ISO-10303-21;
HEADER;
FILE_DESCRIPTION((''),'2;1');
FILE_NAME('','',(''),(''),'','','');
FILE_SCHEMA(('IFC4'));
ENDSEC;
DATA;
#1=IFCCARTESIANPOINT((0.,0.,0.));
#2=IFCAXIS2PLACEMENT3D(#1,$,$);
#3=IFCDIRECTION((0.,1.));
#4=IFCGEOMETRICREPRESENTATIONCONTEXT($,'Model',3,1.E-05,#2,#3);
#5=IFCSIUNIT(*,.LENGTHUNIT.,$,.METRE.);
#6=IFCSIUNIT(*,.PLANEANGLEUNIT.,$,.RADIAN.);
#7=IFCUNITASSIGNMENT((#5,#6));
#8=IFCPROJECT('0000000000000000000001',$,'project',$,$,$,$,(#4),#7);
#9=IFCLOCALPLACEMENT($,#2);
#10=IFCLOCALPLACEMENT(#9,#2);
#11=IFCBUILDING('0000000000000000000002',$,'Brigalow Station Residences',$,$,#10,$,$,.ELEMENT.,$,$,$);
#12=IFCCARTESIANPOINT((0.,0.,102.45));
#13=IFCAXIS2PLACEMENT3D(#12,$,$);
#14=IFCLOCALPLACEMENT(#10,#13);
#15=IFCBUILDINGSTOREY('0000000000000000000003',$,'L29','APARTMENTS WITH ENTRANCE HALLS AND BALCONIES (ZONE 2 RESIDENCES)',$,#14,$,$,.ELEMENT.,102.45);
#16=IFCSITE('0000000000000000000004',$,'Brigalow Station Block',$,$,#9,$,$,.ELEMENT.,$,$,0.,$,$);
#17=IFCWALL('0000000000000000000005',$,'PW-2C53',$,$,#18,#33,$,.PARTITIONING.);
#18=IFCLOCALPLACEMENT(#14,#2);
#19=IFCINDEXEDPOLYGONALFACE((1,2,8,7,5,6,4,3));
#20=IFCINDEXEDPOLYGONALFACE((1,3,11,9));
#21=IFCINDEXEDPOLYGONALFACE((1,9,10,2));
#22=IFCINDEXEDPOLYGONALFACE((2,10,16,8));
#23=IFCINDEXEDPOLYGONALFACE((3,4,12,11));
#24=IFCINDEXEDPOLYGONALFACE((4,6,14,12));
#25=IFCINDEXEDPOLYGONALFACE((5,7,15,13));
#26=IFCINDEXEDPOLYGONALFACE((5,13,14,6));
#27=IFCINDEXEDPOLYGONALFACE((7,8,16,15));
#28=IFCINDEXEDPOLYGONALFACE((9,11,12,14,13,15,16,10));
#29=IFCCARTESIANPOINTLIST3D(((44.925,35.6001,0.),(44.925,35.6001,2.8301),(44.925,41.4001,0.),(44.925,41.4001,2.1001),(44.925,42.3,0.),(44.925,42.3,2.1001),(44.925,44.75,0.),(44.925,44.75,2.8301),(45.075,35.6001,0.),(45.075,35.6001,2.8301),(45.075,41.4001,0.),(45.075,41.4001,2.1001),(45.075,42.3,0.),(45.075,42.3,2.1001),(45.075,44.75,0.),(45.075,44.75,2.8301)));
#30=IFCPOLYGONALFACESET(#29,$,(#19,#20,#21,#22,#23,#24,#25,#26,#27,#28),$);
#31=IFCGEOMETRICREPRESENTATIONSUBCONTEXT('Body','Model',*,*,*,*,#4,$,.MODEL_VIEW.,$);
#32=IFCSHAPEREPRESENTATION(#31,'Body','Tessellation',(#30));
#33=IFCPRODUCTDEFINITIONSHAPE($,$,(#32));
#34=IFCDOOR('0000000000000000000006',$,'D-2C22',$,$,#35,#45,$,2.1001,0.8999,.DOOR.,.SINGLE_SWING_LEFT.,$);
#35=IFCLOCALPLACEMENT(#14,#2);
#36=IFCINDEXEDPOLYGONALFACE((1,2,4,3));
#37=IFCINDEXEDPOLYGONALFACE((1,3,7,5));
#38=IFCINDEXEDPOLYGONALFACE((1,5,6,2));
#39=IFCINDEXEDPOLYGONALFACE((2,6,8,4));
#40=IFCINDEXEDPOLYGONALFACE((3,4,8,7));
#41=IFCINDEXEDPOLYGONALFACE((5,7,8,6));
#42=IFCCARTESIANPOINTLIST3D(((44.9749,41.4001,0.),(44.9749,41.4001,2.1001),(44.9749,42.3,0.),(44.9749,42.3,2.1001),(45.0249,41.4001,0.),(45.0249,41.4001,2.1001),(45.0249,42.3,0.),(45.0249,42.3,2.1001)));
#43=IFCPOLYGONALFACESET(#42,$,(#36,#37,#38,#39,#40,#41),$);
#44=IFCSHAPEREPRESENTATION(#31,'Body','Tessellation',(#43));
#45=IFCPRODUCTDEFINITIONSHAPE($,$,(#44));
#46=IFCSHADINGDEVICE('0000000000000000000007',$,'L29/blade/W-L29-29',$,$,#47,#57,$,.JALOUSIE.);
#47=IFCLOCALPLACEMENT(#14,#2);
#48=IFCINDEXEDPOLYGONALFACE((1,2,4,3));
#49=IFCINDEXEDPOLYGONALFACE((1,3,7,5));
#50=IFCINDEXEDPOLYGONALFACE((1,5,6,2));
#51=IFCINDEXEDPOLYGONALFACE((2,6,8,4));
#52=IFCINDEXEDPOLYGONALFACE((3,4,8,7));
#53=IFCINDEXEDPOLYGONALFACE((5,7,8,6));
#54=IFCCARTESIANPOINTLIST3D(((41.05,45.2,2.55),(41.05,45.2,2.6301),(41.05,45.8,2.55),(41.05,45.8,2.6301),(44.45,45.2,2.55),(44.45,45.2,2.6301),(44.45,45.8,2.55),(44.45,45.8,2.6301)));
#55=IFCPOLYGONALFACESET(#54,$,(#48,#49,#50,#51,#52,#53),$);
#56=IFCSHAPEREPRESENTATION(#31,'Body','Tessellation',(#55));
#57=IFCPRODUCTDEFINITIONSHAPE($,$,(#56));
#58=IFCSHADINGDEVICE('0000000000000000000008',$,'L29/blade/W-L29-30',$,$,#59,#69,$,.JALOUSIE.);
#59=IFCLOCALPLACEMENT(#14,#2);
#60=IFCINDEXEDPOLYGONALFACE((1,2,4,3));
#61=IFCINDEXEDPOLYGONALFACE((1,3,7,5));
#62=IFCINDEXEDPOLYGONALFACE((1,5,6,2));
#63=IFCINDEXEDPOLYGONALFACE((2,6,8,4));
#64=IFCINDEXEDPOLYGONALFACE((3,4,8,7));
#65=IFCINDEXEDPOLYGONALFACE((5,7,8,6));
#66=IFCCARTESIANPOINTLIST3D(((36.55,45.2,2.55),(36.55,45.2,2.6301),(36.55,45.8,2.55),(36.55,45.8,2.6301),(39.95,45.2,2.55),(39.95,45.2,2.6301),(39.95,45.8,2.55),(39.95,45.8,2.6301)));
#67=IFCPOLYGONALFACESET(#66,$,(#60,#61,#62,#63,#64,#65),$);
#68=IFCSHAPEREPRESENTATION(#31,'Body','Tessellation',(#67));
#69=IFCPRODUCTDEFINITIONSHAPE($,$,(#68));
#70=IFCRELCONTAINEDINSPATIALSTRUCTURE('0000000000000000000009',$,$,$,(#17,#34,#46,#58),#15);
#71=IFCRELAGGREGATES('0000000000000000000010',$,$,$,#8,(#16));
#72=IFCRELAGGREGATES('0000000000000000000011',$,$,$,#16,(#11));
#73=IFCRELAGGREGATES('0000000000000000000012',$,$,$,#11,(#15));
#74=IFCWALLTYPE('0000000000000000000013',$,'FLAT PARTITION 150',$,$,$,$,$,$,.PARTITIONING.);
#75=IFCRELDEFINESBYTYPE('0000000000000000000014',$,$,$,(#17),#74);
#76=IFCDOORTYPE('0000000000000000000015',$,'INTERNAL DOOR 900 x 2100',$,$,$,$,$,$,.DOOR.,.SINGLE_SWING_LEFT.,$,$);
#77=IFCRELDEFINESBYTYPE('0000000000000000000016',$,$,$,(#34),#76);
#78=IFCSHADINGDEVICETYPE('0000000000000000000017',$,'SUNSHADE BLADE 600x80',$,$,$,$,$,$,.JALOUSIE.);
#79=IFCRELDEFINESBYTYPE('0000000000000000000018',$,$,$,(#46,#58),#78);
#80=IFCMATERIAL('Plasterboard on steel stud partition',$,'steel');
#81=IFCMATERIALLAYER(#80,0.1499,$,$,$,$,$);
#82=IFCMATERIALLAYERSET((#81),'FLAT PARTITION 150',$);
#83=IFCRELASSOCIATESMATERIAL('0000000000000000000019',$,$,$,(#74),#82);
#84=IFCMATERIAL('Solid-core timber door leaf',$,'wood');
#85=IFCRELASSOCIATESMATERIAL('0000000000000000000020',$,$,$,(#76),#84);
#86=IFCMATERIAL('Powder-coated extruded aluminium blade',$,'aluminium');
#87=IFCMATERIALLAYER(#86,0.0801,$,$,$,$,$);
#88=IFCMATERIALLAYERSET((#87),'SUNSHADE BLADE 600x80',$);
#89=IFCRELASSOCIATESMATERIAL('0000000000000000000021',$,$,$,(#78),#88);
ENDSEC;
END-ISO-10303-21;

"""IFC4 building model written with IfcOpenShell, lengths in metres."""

from ifc_helpers import new_model, si_unit, direction, frame, frame_2d, origin, origin_2d, place, context, subcontext, project, spatial, rectangle, extrude, material, layer, layer_set, type_object, element, fill, save


model = new_model("IFC4")

# Units and contexts
model_context = context("Model", 3, precision=1e-05, world=origin(), true_north=direction((0.0, 1.0)))
body_context = subcontext(model_context, "Body", "Model", "MODEL_VIEW")
ifc_project = project(units=[si_unit("LENGTHUNIT", "METRE"), si_unit("PLANEANGLEUNIT", "RADIAN")], contexts=[model_context])

# Site, building, storey
site_placement = place(None, origin())
site = spatial("IfcSite", under=ifc_project, at=site_placement, Name="Brigalow Station Block", CompositionType="ELEMENT", RefElevation=0.0)
building_placement = place(site_placement, origin())
building = spatial("IfcBuilding", under=site, at=building_placement, Name="Brigalow Station Residences", CompositionType="ELEMENT")
storey_placement = place(building_placement, frame((0.0, 0.0, 102.45)))
storey = spatial("IfcBuildingStorey", under=building, at=storey_placement, Name="L29", Description="APARTMENTS WITH ENTRANCE HALLS AND BALCONIES (ZONE 2 RESIDENCES)", CompositionType="ELEMENT", Elevation=102.45)

# Wall, opening, door
ifc_material_1 = material(Name="Plasterboard on steel stud partition", Category="steel")
ifc_layer_1 = layer(ifc_material_1, 0.1499)
ifc_layer_set_1 = layer_set([ifc_layer_1], Name="FLAT PARTITION 150")
wall_type_1 = type_object("IfcWallType", Name="FLAT PARTITION 150", PredefinedType="PARTITIONING", material=ifc_layer_set_1)
wall_1_placement = place(storey_placement, frame((45.0, 35.6001, 0.0), z_axis=(0.0, 0.0, 1.0), x_axis=(0.0, 1.0, 0.0)))
wall_1 = element("IfcWall", 1, at=wall_1_placement, inside=storey, type_object=wall_type_1, Name="PW-2C53", PredefinedType="PARTITIONING", context=body_context, shape_type="SweptSolid", body=[
    extrude(rectangle(XDim=9.1499, YDim=0.1499, at=frame_2d((4.575, 0.0))), origin(), (0.0, 0.0, 1.0), 2.8301),
])
opening_1_placement = place(wall_1_placement, frame((5.8, 0.0, 0.0)))
opening_1 = element("IfcOpeningElement", 2, at=opening_1_placement, cuts=wall_1, PredefinedType="OPENING", context=body_context, shape_type="SweptSolid", body=[
    extrude(rectangle(XDim=0.8999, YDim=2.1001, at=frame_2d((0.45, 1.05))), frame((0.0, 0.085, 0.0), z_axis=(0.0, -1.0, 0.0), x_axis=(1.0, 0.0, 0.0)), (0.0, 0.0, 1.0), 0.1699),
])
ifc_material_2 = material(Name="Solid-core timber door leaf", Category="wood")
door_type = type_object("IfcDoorType", Name="INTERNAL DOOR 900 x 2100", OperationType="SINGLE_SWING_LEFT", PredefinedType="DOOR", material=ifc_material_2)
door_placement = place(opening_1_placement, frame((0.8999, 0.0, 0.0), z_axis=(0.0, 0.0, 1.0), x_axis=(-1.0, 0.0, 0.0)))
door = element("IfcDoor", 3, at=door_placement, inside=storey, type_object=door_type, Name="D-2C22", OperationType="SINGLE_SWING_LEFT", OverallHeight=2.1001, OverallWidth=0.8999, PredefinedType="DOOR", context=body_context, shape_type="SweptSolid", body=[
    extrude(rectangle(XDim=0.8999, YDim=2.1001, at=frame_2d((0.45, 1.05))), frame((0.0, 0.0249, 0.0), z_axis=(0.0, -1.0, 0.0), x_axis=(1.0, 0.0, 0.0)), (0.0, 0.0, 1.0), 0.05),
])
fill(opening_1, door)

# Shading devices
ifc_material_3 = material(Name="Powder-coated extruded aluminium blade", Category="aluminium")
ifc_layer_2 = layer(ifc_material_3, 0.0801)
ifc_layer_set_2 = layer_set([ifc_layer_2], Name="SUNSHADE BLADE 600x80")
shading_device_type = type_object("IfcShadingDeviceType", Name="SUNSHADE BLADE 600x80", PredefinedType="JALOUSIE", material=ifc_layer_set_2)
for number, where, z_axis, x_axis, name in (
    (4, (42.75, 45.5, 2.55), (0.0, 0.0, 1.0), (-1.0, 0.0, 0.0), "L29/blade/W-L29-29"),
    (5, (38.25, 45.5, 2.55), (0.0, 0.0, 1.0), (-1.0, 0.0, 0.0), "L29/blade/W-L29-30"),
):
    element("IfcShadingDevice", number, at=place(storey_placement, frame(where, z_axis=z_axis, x_axis=x_axis)), inside=storey, type_object=shading_device_type, Name=name, PredefinedType="JALOUSIE", context=body_context, shape_type="SweptSolid", body=[
        extrude(rectangle(XDim=3.3999, YDim=0.6001, at=origin_2d()), origin(), (0.0, 0.0, 1.0), 0.0801),
    ])

save(model, "model.ifc")
